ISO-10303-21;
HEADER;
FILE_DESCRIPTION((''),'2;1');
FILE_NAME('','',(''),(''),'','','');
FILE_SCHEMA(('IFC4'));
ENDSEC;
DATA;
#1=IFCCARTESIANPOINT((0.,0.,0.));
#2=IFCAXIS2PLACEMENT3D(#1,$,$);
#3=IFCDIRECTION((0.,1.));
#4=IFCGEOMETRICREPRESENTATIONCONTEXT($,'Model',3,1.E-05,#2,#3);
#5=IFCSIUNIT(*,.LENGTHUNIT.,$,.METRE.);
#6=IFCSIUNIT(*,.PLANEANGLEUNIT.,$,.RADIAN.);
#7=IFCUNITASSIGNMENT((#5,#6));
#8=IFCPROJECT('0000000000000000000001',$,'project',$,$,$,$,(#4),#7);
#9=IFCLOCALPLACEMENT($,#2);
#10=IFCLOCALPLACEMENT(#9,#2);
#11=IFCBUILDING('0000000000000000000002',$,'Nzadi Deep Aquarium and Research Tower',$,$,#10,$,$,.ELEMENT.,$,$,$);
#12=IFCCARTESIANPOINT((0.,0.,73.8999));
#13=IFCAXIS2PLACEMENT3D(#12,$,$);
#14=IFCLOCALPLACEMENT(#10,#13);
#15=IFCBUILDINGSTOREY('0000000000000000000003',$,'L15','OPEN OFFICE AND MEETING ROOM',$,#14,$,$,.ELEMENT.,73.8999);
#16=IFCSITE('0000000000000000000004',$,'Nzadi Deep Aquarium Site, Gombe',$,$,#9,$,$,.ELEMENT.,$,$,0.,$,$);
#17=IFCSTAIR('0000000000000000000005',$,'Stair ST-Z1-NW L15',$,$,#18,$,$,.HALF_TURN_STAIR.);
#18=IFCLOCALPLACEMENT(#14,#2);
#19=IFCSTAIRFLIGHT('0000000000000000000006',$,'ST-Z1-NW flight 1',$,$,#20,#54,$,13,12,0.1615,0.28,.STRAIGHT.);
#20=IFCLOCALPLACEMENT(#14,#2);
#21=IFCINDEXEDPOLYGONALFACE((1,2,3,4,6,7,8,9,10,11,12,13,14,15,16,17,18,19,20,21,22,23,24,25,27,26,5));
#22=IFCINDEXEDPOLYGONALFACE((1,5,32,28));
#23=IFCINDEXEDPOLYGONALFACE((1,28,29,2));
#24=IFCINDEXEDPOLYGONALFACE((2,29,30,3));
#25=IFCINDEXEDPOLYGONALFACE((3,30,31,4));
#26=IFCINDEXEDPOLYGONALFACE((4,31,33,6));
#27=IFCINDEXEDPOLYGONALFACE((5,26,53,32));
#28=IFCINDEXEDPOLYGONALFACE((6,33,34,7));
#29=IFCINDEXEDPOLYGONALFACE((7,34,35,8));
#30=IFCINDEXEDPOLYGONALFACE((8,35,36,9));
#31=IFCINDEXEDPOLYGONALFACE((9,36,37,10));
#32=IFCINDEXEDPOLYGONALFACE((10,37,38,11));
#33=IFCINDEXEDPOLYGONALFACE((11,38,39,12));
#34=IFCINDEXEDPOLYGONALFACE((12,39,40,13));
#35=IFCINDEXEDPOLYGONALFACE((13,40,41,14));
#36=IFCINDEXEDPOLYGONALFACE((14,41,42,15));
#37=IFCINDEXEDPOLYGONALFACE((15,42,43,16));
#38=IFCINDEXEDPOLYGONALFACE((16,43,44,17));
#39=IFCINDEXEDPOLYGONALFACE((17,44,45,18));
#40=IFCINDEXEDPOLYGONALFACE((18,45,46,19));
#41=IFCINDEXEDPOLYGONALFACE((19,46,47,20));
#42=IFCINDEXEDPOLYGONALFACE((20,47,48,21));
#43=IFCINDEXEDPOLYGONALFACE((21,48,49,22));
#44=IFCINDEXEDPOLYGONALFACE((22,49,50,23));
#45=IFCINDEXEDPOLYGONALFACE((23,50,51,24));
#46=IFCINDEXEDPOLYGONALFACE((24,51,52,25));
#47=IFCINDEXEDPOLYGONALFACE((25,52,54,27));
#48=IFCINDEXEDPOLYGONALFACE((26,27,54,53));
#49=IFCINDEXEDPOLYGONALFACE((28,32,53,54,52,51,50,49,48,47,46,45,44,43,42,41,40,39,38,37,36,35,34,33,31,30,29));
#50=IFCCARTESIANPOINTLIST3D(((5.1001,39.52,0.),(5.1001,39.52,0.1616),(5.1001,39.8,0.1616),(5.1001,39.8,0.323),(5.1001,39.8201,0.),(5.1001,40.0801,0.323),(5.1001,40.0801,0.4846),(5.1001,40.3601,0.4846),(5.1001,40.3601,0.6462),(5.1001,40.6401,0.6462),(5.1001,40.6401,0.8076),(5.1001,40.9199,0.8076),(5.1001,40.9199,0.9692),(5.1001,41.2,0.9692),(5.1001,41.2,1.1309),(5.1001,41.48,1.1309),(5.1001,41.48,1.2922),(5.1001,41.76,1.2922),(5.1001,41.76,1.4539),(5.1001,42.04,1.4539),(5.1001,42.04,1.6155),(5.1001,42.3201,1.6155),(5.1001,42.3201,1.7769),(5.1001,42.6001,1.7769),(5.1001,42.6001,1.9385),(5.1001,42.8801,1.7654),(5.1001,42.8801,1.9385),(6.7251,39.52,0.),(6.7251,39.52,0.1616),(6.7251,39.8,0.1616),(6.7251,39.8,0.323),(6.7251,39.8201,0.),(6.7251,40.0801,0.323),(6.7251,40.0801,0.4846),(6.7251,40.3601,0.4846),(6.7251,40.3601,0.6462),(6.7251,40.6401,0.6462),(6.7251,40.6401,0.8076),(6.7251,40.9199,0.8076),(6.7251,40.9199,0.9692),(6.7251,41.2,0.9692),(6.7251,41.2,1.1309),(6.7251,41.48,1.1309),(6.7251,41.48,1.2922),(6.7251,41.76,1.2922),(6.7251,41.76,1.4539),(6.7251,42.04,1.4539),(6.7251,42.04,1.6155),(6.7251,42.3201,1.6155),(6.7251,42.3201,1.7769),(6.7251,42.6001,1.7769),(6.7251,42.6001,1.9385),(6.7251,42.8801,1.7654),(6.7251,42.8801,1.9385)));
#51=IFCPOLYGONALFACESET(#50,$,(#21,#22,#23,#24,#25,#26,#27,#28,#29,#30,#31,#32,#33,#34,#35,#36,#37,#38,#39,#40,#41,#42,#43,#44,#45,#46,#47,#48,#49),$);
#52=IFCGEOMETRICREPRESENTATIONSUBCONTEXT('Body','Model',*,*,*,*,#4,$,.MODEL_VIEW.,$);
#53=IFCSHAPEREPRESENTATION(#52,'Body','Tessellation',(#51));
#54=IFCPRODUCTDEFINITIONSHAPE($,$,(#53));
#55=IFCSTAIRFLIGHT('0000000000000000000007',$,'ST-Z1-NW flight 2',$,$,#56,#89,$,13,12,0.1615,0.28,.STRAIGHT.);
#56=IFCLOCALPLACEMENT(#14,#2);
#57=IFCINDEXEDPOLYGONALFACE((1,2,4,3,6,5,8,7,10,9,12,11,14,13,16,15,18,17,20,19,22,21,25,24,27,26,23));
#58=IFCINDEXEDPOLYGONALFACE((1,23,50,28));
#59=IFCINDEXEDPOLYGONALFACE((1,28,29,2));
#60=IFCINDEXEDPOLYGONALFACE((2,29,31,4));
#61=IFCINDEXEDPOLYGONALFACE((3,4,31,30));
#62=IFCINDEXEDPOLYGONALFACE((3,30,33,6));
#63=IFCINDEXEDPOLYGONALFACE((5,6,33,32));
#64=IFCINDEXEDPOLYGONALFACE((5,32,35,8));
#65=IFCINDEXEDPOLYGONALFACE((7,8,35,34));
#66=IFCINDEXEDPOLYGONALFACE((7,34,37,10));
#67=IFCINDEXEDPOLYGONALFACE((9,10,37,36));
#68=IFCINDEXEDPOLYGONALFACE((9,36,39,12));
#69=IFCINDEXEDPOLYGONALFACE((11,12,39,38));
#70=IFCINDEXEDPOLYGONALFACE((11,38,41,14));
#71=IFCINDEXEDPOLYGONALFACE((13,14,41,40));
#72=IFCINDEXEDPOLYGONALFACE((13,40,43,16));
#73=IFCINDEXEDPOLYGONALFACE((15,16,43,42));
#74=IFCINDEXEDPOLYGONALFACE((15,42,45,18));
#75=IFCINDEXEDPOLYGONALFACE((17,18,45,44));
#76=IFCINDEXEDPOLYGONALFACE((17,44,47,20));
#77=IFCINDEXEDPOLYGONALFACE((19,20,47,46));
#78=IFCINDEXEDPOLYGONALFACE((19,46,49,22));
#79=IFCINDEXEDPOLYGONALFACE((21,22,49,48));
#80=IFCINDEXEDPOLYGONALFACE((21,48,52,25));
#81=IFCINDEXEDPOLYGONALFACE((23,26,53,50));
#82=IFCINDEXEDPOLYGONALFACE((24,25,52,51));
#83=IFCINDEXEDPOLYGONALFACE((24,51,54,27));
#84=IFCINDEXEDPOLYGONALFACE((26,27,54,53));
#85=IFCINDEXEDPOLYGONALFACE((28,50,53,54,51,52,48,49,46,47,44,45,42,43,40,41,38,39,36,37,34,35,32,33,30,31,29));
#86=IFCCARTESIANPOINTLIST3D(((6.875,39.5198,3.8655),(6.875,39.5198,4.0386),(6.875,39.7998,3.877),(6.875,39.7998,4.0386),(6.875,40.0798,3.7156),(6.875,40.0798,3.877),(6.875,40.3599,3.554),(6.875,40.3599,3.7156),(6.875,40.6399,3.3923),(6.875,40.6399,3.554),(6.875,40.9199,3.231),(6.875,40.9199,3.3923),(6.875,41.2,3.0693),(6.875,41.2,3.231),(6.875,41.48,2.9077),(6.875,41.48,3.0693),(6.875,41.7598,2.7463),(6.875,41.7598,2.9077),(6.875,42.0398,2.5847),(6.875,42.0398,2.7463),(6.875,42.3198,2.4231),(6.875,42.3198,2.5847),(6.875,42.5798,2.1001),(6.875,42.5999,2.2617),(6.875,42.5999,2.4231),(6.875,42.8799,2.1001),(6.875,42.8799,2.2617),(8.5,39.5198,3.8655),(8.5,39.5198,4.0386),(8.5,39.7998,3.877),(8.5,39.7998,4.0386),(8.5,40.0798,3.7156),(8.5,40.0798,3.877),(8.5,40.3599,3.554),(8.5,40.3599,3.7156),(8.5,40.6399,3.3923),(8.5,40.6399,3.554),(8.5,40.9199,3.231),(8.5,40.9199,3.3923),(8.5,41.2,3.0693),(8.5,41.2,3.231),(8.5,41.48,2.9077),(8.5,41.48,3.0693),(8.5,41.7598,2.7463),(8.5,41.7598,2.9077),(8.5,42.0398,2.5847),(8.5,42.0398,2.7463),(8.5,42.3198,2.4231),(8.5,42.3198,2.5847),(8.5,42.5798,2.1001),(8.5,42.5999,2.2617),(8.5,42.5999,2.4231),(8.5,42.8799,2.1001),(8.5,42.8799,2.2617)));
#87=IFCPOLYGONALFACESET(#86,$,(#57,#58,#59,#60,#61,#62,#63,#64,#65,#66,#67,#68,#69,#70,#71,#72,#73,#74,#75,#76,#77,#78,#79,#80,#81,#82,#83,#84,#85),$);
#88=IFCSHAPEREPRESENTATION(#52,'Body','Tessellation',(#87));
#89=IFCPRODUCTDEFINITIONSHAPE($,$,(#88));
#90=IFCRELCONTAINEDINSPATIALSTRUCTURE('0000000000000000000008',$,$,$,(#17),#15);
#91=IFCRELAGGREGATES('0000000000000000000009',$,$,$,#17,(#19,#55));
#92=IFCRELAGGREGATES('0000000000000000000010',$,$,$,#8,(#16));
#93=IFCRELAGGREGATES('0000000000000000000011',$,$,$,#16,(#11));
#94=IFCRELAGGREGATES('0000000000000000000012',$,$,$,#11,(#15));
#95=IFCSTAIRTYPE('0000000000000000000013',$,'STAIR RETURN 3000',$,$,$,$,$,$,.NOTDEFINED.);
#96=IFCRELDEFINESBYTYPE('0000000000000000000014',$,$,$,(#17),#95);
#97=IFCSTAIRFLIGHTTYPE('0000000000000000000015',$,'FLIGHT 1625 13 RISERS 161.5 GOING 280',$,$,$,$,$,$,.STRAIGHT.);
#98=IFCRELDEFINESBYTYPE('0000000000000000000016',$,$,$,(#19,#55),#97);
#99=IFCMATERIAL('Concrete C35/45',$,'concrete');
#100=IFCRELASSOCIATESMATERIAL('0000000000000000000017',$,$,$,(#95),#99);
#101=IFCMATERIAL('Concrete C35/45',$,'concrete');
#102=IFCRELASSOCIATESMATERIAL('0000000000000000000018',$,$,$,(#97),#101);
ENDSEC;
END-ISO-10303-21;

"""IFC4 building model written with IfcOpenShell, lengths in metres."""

from ifc_helpers import new_model, si_unit, direction, frame, origin, place, context, subcontext, project, spatial, polyline, outline, extrude, material, type_object, element, aggregate, save


model = new_model("IFC4")

# Units and contexts
model_context = context("Model", 3, precision=1e-05, world=origin(), true_north=direction((0.0, 1.0)))
body_context = subcontext(model_context, "Body", "Model", "MODEL_VIEW")
ifc_project = project(units=[si_unit("LENGTHUNIT", "METRE"), si_unit("PLANEANGLEUNIT", "RADIAN")], contexts=[model_context])

# Site, building, storey
site_placement = place(None, origin())
site = spatial("IfcSite", under=ifc_project, at=site_placement, Name="Nzadi Deep Aquarium Site, Gombe", CompositionType="ELEMENT", RefElevation=0.0)
building_placement = place(site_placement, origin())
building = spatial("IfcBuilding", under=site, at=building_placement, Name="Nzadi Deep Aquarium and Research Tower", CompositionType="ELEMENT")
storey_placement = place(building_placement, frame((0.0, 0.0, 73.8999)))
storey = spatial("IfcBuildingStorey", under=building, at=storey_placement, Name="L15", Description="OPEN OFFICE AND MEETING ROOM", CompositionType="ELEMENT", Elevation=73.8999)

# Stair, stair flights
ifc_material_1 = material(Name="Concrete C35/45", Category="concrete")
stair_type = type_object("IfcStairType", Name="STAIR RETURN 3000", PredefinedType="NOTDEFINED", material=ifc_material_1)
stair_placement = place(storey_placement, origin())
stair = element("IfcStair", 1, at=stair_placement, inside=storey, type_object=stair_type, Name="Stair ST-Z1-NW L15", PredefinedType="HALF_TURN_STAIR")
ifc_material_2 = material(Name="Concrete C35/45", Category="concrete")
stair_flight_type = type_object("IfcStairFlightType", Name="FLIGHT 1625 13 RISERS 161.5 GOING 280", PredefinedType="STRAIGHT", material=ifc_material_2)
stair_flight_1_placement = place(storey_placement, frame((5.9126, 39.52, 0.0), z_axis=(0.0, 0.0, 1.0), x_axis=(0.0, 1.0, 0.0)))
stair_flight_1 = element("IfcStairFlight", 2, at=stair_flight_1_placement, type_object=stair_flight_type, Name="ST-Z1-NW flight 1", NumberOfRisers=13, NumberOfTreads=12, PredefinedType="STRAIGHT", RiserHeight=0.1615, TreadLength=0.28, context=body_context, shape_type="SweptSolid", body=[
    extrude(outline(polyline([(0.0, 0.0), (0.0, 0.1616), (0.28, 0.1616), (0.28, 0.323), (0.5601, 0.323), (0.5601, 0.4846), (0.8401, 0.4846), (0.8401, 0.6462), (1.1201, 0.6462), (1.1201, 0.8076), (1.3999, 0.8076), (1.3999, 0.9692), (1.6799, 0.9692), (1.6799, 1.1309), (1.96, 1.1309), (1.96, 1.2922), (2.24, 1.2922), (2.24, 1.4539), (2.52, 1.4539), (2.52, 1.6155), (2.8, 1.6155), (2.8, 1.7769), (3.0801, 1.7769), (3.0801, 1.9385), (3.3601, 1.9385), (3.3601, 2.1001), (3.3601, 1.7654), (0.3, 0.0), (0.0, 0.0)])), frame((0.0, 0.8125, 0.0), z_axis=(0.0, -1.0, 0.0), x_axis=(1.0, 0.0, 0.0)), (0.0, 0.0, 1.0), 1.625),
])
stair_flight_2_placement = place(storey_placement, frame((7.6875, 42.8799, 2.1001), z_axis=(0.0, 0.0, 1.0), x_axis=(0.0, -1.0, 0.0)))
stair_flight_2 = element("IfcStairFlight", 3, at=stair_flight_2_placement, type_object=stair_flight_type, Name="ST-Z1-NW flight 2", NumberOfRisers=13, NumberOfTreads=12, PredefinedType="STRAIGHT", RiserHeight=0.1615, TreadLength=0.28, context=body_context, shape_type="SweptSolid", body=[
    extrude(outline(polyline([(0.0, 0.0), (0.0, 0.1616), (0.28, 0.1616), (0.28, 0.323), (0.5601, 0.323), (0.5601, 0.4846), (0.8401, 0.4846), (0.8401, 0.6462), (1.1201, 0.6462), (1.1201, 0.8076), (1.3999, 0.8076), (1.3999, 0.9692), (1.6799, 0.9692), (1.6799, 1.1309), (1.96, 1.1309), (1.96, 1.2922), (2.24, 1.2922), (2.24, 1.4539), (2.52, 1.4539), (2.52, 1.6155), (2.8, 1.6155), (2.8, 1.7769), (3.0801, 1.7769), (3.0801, 1.9385), (3.3601, 1.9385), (3.3601, 2.1001), (3.3601, 1.7654), (0.3, 0.0), (0.0, 0.0)])), frame((0.0, 0.8125, 0.0), z_axis=(0.0, -1.0, 0.0), x_axis=(1.0, 0.0, 0.0)), (0.0, 0.0, 1.0), 1.625),
])
aggregate(stair, [stair_flight_1, stair_flight_2])

save(model, "model.ifc")
